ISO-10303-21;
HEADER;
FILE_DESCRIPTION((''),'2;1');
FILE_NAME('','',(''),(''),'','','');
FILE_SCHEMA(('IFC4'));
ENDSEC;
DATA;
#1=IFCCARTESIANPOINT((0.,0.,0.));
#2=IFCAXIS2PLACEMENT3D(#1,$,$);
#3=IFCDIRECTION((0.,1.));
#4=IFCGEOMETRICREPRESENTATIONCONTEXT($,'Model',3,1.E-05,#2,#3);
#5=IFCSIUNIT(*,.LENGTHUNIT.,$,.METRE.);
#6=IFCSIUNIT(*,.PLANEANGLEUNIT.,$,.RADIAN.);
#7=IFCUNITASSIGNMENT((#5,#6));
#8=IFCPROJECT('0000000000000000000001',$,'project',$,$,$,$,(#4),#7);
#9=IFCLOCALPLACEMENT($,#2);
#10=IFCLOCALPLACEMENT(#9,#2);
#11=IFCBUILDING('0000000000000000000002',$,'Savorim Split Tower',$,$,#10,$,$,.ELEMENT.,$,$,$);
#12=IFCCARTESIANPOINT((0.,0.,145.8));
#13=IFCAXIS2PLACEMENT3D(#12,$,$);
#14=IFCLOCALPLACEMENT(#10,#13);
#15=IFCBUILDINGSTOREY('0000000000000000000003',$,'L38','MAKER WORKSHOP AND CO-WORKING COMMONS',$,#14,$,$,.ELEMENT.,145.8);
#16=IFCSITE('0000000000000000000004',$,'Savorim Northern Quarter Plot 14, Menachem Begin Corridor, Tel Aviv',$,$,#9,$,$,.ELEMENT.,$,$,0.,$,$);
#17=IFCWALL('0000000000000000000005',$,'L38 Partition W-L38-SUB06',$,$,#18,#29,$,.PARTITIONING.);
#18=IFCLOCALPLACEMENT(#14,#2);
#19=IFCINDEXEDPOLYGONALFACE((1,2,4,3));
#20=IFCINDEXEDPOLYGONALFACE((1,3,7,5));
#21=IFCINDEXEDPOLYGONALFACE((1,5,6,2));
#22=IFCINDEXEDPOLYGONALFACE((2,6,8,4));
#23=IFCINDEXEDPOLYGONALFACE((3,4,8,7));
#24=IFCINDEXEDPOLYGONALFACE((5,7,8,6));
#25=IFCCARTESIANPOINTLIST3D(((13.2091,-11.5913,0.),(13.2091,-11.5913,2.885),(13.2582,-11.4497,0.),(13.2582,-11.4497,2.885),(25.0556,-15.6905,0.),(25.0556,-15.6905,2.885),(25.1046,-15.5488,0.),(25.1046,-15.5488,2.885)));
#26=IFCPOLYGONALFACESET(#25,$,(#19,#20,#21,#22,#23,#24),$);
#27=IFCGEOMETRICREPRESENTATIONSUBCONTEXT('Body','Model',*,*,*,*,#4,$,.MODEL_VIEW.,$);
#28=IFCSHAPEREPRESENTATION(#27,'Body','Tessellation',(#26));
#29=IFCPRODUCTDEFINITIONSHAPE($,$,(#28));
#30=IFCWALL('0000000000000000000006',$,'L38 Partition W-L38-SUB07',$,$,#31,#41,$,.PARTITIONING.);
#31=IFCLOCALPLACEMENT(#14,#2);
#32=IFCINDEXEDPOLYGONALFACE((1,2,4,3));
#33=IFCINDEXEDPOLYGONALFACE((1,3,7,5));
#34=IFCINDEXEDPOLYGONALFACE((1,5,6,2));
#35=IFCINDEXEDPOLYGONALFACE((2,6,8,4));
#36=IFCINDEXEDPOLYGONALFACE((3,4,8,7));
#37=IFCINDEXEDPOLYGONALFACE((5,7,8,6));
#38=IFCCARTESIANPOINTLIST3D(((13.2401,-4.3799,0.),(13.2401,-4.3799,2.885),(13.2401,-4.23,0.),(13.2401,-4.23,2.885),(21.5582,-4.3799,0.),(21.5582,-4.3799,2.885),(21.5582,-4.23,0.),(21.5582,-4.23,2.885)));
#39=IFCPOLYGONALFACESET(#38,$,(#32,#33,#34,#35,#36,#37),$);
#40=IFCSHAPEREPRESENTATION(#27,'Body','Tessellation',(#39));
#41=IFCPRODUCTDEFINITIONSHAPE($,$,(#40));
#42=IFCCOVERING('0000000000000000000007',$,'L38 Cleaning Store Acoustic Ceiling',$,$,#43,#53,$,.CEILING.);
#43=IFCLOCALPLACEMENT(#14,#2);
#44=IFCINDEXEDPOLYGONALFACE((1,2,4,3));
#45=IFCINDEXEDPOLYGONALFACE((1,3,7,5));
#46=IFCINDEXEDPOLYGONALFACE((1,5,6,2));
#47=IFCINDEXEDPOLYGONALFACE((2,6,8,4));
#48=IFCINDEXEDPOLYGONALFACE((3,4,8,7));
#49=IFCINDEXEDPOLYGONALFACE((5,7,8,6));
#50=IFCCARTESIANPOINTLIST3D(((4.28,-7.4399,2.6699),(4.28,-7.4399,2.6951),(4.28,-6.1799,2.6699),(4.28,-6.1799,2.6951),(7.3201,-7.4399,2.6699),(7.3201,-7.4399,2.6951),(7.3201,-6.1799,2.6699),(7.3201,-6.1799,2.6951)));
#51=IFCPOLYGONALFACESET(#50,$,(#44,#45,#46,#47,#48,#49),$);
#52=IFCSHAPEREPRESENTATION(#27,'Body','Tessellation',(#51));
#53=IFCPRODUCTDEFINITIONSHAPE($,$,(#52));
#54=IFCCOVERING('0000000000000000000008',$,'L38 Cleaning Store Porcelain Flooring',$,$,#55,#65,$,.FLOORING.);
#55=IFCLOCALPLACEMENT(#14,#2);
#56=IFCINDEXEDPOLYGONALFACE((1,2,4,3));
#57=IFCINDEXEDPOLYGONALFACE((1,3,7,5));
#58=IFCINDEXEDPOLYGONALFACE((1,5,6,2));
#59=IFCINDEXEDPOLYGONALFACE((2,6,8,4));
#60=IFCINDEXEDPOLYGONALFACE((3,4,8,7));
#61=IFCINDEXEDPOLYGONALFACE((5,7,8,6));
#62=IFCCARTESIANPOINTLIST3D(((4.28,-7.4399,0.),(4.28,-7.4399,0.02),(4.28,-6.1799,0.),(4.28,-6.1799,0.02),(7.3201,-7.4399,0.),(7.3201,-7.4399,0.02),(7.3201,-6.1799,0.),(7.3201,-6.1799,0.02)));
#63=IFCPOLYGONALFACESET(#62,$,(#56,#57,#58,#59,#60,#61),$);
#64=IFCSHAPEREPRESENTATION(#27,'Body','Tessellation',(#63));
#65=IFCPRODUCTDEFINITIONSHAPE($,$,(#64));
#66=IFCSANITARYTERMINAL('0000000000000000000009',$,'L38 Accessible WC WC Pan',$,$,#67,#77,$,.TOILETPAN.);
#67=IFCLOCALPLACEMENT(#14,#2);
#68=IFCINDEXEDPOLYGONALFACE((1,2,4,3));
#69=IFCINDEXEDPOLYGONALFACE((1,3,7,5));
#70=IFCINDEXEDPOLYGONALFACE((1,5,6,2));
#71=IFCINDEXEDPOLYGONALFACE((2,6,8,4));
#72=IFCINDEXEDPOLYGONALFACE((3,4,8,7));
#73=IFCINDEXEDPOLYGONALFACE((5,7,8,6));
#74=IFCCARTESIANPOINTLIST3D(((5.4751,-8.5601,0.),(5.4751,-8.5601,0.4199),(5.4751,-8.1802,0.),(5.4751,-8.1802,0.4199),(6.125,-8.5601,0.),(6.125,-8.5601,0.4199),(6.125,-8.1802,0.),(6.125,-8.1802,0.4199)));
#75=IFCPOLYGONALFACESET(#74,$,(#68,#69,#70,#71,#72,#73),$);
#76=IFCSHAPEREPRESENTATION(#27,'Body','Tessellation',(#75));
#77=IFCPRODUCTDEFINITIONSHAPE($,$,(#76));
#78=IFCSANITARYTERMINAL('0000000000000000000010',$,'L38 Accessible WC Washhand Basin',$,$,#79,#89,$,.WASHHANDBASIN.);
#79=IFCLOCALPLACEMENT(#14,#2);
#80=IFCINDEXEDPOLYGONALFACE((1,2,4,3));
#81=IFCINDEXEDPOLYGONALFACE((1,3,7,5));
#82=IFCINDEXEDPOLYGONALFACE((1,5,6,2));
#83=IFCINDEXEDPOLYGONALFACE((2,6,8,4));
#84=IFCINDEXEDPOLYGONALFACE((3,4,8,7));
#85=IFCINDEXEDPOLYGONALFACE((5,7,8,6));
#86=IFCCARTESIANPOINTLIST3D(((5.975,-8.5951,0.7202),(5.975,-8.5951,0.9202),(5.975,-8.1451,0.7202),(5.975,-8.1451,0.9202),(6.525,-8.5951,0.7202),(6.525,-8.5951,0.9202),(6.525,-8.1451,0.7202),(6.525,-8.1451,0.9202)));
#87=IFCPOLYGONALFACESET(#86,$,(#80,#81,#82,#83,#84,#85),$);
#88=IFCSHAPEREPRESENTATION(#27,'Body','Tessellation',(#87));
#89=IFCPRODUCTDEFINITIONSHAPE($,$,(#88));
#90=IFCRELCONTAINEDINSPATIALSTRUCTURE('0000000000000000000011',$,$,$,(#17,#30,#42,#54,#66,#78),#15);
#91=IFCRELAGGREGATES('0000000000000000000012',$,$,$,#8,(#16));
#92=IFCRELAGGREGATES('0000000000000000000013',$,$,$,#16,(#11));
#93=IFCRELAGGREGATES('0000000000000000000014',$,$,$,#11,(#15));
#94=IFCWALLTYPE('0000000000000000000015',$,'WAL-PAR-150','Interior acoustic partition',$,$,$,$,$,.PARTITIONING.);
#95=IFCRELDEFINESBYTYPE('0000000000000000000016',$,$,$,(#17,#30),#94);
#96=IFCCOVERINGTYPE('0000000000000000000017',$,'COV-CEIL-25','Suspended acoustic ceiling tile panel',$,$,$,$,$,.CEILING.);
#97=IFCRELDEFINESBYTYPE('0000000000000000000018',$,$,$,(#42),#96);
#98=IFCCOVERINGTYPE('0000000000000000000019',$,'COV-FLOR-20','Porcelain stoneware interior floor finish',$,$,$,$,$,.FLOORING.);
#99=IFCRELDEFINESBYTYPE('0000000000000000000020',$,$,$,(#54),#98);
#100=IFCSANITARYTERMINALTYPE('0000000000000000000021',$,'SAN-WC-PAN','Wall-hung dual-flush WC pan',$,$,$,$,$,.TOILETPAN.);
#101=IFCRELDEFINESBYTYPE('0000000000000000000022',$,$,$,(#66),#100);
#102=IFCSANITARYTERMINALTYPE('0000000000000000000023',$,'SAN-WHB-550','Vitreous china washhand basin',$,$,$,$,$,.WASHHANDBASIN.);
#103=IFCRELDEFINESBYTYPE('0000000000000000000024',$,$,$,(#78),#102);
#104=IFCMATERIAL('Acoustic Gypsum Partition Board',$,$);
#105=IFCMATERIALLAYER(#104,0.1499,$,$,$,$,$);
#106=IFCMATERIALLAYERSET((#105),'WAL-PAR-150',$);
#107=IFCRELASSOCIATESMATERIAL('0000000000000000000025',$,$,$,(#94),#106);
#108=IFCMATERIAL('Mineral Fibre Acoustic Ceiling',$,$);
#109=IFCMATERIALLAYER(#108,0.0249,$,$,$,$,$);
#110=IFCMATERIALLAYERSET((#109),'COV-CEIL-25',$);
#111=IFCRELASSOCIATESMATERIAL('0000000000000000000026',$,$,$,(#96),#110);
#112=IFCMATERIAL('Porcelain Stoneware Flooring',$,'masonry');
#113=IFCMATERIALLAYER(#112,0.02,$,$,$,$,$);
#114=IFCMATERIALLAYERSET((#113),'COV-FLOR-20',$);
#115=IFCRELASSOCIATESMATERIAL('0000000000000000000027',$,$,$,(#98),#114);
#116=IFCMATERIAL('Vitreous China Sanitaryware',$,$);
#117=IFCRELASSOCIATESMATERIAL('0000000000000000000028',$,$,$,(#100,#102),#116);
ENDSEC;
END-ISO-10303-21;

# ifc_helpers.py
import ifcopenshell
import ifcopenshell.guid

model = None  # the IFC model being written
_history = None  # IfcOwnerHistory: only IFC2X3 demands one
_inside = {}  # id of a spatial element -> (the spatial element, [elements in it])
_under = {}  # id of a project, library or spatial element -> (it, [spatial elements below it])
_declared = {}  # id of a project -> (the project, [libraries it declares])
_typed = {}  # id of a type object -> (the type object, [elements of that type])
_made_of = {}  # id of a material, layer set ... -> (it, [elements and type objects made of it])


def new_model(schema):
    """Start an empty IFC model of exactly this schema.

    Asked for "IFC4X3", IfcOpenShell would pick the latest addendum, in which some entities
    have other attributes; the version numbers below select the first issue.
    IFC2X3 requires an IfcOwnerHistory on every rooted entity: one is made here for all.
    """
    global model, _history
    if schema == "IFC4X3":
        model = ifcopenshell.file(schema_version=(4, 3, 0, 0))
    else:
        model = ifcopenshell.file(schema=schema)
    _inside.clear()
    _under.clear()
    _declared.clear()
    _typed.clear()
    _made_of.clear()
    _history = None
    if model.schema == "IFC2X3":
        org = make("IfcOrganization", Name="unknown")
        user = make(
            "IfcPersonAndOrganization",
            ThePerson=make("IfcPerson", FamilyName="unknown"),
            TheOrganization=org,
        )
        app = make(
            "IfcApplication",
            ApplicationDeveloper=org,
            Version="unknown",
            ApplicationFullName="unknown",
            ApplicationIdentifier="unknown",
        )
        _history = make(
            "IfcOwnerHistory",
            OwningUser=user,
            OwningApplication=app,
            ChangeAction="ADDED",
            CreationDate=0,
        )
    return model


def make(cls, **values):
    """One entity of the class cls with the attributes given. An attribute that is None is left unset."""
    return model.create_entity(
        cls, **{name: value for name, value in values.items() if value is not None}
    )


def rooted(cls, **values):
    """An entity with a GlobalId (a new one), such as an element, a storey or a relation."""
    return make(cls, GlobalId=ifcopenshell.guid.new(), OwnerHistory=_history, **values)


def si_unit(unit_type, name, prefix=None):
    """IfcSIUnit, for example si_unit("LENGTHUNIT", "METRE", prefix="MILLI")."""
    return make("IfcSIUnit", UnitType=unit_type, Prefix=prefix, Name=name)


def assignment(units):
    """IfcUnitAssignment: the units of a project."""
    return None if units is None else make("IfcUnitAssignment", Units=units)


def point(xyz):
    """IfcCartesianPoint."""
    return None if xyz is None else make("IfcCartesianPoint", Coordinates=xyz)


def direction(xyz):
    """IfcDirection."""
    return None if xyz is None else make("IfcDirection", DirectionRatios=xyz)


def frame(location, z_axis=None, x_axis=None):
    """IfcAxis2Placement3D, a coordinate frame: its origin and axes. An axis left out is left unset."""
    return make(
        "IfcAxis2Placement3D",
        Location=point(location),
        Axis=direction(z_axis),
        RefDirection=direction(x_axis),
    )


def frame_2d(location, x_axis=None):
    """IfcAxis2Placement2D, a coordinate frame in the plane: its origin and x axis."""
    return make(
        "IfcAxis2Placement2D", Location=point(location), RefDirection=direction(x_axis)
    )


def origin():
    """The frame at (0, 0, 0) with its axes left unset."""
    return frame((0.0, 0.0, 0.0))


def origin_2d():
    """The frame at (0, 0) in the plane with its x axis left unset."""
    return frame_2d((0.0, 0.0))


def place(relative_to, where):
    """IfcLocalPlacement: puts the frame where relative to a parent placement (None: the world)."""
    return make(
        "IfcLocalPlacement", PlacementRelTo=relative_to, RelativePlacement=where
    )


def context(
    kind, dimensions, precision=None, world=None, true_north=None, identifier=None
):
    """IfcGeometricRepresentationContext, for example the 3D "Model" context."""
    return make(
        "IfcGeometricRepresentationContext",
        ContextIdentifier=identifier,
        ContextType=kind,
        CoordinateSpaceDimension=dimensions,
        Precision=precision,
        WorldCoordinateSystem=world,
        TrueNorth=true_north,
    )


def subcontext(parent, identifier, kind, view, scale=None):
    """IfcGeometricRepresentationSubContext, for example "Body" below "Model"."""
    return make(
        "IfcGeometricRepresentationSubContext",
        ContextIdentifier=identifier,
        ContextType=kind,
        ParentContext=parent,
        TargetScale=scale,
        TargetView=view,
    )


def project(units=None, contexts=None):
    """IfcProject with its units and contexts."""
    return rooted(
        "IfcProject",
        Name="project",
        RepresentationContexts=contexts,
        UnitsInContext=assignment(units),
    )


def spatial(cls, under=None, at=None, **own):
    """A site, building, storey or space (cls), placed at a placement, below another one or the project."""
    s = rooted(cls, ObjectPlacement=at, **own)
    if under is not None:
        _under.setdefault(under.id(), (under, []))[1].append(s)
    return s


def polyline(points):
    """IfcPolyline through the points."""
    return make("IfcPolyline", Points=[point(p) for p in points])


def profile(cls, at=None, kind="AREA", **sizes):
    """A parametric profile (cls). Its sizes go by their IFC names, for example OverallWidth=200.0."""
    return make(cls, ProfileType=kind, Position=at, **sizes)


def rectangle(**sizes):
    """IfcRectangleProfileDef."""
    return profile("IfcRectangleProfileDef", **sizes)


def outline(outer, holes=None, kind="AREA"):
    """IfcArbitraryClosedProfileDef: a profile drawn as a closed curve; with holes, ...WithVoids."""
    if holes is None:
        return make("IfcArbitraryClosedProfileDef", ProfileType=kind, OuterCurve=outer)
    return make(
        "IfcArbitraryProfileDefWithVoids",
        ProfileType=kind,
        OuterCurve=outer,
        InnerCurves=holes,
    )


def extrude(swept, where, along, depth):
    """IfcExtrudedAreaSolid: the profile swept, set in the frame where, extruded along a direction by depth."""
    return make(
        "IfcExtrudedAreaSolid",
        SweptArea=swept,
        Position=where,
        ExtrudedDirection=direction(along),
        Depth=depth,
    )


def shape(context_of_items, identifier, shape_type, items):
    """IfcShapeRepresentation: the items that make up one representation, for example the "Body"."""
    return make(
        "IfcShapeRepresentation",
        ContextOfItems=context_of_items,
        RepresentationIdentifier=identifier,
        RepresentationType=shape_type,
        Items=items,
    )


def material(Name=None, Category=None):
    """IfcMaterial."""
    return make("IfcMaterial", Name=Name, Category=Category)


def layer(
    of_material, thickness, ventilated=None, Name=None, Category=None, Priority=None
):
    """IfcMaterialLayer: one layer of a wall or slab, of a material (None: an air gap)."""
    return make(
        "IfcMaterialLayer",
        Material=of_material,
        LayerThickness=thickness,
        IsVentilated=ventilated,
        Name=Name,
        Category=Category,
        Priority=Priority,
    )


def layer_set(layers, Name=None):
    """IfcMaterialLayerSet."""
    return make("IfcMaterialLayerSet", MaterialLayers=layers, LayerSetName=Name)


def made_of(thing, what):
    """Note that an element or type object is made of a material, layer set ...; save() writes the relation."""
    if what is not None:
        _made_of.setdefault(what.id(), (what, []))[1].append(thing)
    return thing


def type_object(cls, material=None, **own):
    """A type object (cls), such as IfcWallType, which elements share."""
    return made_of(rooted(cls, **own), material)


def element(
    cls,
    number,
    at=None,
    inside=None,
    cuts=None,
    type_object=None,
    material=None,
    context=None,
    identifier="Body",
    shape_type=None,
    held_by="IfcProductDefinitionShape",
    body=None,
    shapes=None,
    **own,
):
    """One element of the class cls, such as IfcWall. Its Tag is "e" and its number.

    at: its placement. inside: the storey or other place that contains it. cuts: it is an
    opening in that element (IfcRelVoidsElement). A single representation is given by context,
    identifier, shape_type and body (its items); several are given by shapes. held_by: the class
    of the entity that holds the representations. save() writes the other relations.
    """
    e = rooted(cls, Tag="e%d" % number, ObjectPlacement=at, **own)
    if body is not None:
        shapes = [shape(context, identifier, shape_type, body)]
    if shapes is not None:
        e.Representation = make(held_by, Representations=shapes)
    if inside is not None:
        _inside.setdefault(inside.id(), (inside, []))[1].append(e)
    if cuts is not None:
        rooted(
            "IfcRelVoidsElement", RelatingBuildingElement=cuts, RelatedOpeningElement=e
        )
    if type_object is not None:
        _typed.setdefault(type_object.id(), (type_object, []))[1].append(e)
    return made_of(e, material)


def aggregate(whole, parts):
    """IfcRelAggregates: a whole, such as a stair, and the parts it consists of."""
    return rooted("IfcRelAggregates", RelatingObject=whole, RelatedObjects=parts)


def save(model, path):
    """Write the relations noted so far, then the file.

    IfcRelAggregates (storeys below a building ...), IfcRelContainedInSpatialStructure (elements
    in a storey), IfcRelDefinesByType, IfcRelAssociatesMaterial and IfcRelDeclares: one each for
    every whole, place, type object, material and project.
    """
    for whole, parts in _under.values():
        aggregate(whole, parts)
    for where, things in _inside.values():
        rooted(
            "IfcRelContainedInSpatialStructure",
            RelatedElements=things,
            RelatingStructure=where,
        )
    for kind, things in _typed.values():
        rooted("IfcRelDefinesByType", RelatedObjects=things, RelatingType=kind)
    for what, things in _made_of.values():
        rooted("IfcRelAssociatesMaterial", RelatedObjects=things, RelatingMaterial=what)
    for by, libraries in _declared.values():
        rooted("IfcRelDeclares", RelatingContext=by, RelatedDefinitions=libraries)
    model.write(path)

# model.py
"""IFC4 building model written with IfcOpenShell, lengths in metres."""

from ifc_helpers import new_model, si_unit, direction, frame, frame_2d, origin, origin_2d, place, context, subcontext, project, spatial, polyline, rectangle, outline, extrude, material, layer, layer_set, type_object, element, save


model = new_model("IFC4")

# Units and contexts
model_context = context("Model", 3, precision=1e-05, world=origin(), true_north=direction((0.0, 1.0)))
body_context = subcontext(model_context, "Body", "Model", "MODEL_VIEW")
ifc_project = project(units=[si_unit("LENGTHUNIT", "METRE"), si_unit("PLANEANGLEUNIT", "RADIAN")], contexts=[model_context])

# Site, building, storey
site_placement = place(None, origin())
site = spatial("IfcSite", under=ifc_project, at=site_placement, Name="Savorim Northern Quarter Plot 14, Menachem Begin Corridor, Tel Aviv", CompositionType="ELEMENT", RefElevation=0.0)
building_placement = place(site_placement, origin())
building = spatial("IfcBuilding", under=site, at=building_placement, Name="Savorim Split Tower", CompositionType="ELEMENT")
storey_placement = place(building_placement, frame((0.0, 0.0, 145.8)))
storey = spatial("IfcBuildingStorey", under=building, at=storey_placement, Name="L38", Description="MAKER WORKSHOP AND CO-WORKING COMMONS", CompositionType="ELEMENT", Elevation=145.8)

# Shared definitions
ifc_material_1 = material(Name="Acoustic Gypsum Partition Board")
ifc_layer_1 = layer(ifc_material_1, 0.1499)
ifc_layer_set_1 = layer_set([ifc_layer_1], Name="WAL-PAR-150")
wall_type_1 = type_object("IfcWallType", Name="WAL-PAR-150", Description="Interior acoustic partition", PredefinedType="PARTITIONING", material=ifc_layer_set_1)

# Walls
wall_1_placement = place(storey_placement, frame((13.2336, -11.5205, 0.0), z_axis=(0.0, 0.0, 1.0), x_axis=(0.945025, -0.326999, 0.0)))
element("IfcWall", 1, at=wall_1_placement, inside=storey, type_object=wall_type_1, Name="L38 Partition W-L38-SUB06", PredefinedType="PARTITIONING", context=body_context, shape_type="SweptSolid", body=[
    extrude(rectangle(XDim=12.5356, YDim=0.1499, at=frame_2d((6.2678, 0.0))), origin(), (0.0, 0.0, 1.0), 2.885),
])
wall_2_placement = place(storey_placement, frame((13.24, -4.3049, 0.0), z_axis=(0.0, 0.0, 1.0), x_axis=(1.0, 0.0, 0.0)))
element("IfcWall", 2, at=wall_2_placement, inside=storey, type_object=wall_type_1, Name="L38 Partition W-L38-SUB07", PredefinedType="PARTITIONING", context=body_context, shape_type="SweptSolid", body=[
    extrude(rectangle(XDim=8.3181, YDim=0.1499, at=frame_2d((4.1592, 0.0))), origin(), (0.0, 0.0, 1.0), 2.885),
])

# Coverings
ifc_material_2 = material(Name="Mineral Fibre Acoustic Ceiling")
ifc_layer_2 = layer(ifc_material_2, 0.0249)
ifc_layer_set_2 = layer_set([ifc_layer_2], Name="COV-CEIL-25")
covering_type_1 = type_object("IfcCoveringType", Name="COV-CEIL-25", Description="Suspended acoustic ceiling tile panel", PredefinedType="CEILING", material=ifc_layer_set_2)
covering_1_placement = place(storey_placement, frame((0.0, 0.0, 2.6699)))
element("IfcCovering", 3, at=covering_1_placement, inside=storey, type_object=covering_type_1, Name="L38 Cleaning Store Acoustic Ceiling", PredefinedType="CEILING", context=body_context, shape_type="SweptSolid", body=[
    extrude(outline(polyline([(4.28, -6.1799), (4.28, -7.4399), (7.3201, -7.4399), (7.3201, -6.1799), (4.28, -6.1799)])), origin(), (0.0, 0.0, 1.0), 0.0251),
])
ifc_material_3 = material(Name="Porcelain Stoneware Flooring", Category="masonry")
ifc_layer_3 = layer(ifc_material_3, 0.02)
ifc_layer_set_3 = layer_set([ifc_layer_3], Name="COV-FLOR-20")
covering_type_2 = type_object("IfcCoveringType", Name="COV-FLOR-20", Description="Porcelain stoneware interior floor finish", PredefinedType="FLOORING", material=ifc_layer_set_3)
covering_2_placement = place(storey_placement, origin())
element("IfcCovering", 4, at=covering_2_placement, inside=storey, type_object=covering_type_2, Name="L38 Cleaning Store Porcelain Flooring", PredefinedType="FLOORING", context=body_context, shape_type="SweptSolid", body=[
    extrude(outline(polyline([(4.28, -6.1799), (4.28, -7.4399), (7.3201, -7.4399), (7.3201, -6.1799), (4.28, -6.1799)])), origin(), (0.0, 0.0, 1.0), 0.02),
])

# Sanitary terminals
ifc_material_4 = material(Name="Vitreous China Sanitaryware")
sanitary_terminal_type_1 = type_object("IfcSanitaryTerminalType", Name="SAN-WC-PAN", Description="Wall-hung dual-flush WC pan", PredefinedType="TOILETPAN", material=ifc_material_4)
sanitary_terminal_1_placement = place(storey_placement, frame((5.8, -8.3701, 0.0), z_axis=(0.0, 0.0, 1.0), x_axis=(1.0, 0.0, 0.0)))
element("IfcSanitaryTerminal", 5, at=sanitary_terminal_1_placement, inside=storey, type_object=sanitary_terminal_type_1, Name="L38 Accessible WC WC Pan", PredefinedType="TOILETPAN", context=body_context, shape_type="SweptSolid", body=[
    extrude(rectangle(XDim=0.6499, YDim=0.3799, at=origin_2d()), origin(), (0.0, 0.0, 1.0), 0.4199),
])
sanitary_terminal_type_2 = type_object("IfcSanitaryTerminalType", Name="SAN-WHB-550", Description="Vitreous china washhand basin", PredefinedType="WASHHANDBASIN", material=ifc_material_4)
sanitary_terminal_2_placement = place(storey_placement, frame((6.25, -8.3701, 0.7202), z_axis=(0.0, 0.0, 1.0), x_axis=(1.0, 0.0, 0.0)))
element("IfcSanitaryTerminal", 6, at=sanitary_terminal_2_placement, inside=storey, type_object=sanitary_terminal_type_2, Name="L38 Accessible WC Washhand Basin", PredefinedType="WASHHANDBASIN", context=body_context, shape_type="SweptSolid", body=[
    extrude(rectangle(XDim=0.55, YDim=0.45, at=origin_2d()), origin(), (0.0, 0.0, 1.0), 0.2),
])

save(model, "model.ifc")
